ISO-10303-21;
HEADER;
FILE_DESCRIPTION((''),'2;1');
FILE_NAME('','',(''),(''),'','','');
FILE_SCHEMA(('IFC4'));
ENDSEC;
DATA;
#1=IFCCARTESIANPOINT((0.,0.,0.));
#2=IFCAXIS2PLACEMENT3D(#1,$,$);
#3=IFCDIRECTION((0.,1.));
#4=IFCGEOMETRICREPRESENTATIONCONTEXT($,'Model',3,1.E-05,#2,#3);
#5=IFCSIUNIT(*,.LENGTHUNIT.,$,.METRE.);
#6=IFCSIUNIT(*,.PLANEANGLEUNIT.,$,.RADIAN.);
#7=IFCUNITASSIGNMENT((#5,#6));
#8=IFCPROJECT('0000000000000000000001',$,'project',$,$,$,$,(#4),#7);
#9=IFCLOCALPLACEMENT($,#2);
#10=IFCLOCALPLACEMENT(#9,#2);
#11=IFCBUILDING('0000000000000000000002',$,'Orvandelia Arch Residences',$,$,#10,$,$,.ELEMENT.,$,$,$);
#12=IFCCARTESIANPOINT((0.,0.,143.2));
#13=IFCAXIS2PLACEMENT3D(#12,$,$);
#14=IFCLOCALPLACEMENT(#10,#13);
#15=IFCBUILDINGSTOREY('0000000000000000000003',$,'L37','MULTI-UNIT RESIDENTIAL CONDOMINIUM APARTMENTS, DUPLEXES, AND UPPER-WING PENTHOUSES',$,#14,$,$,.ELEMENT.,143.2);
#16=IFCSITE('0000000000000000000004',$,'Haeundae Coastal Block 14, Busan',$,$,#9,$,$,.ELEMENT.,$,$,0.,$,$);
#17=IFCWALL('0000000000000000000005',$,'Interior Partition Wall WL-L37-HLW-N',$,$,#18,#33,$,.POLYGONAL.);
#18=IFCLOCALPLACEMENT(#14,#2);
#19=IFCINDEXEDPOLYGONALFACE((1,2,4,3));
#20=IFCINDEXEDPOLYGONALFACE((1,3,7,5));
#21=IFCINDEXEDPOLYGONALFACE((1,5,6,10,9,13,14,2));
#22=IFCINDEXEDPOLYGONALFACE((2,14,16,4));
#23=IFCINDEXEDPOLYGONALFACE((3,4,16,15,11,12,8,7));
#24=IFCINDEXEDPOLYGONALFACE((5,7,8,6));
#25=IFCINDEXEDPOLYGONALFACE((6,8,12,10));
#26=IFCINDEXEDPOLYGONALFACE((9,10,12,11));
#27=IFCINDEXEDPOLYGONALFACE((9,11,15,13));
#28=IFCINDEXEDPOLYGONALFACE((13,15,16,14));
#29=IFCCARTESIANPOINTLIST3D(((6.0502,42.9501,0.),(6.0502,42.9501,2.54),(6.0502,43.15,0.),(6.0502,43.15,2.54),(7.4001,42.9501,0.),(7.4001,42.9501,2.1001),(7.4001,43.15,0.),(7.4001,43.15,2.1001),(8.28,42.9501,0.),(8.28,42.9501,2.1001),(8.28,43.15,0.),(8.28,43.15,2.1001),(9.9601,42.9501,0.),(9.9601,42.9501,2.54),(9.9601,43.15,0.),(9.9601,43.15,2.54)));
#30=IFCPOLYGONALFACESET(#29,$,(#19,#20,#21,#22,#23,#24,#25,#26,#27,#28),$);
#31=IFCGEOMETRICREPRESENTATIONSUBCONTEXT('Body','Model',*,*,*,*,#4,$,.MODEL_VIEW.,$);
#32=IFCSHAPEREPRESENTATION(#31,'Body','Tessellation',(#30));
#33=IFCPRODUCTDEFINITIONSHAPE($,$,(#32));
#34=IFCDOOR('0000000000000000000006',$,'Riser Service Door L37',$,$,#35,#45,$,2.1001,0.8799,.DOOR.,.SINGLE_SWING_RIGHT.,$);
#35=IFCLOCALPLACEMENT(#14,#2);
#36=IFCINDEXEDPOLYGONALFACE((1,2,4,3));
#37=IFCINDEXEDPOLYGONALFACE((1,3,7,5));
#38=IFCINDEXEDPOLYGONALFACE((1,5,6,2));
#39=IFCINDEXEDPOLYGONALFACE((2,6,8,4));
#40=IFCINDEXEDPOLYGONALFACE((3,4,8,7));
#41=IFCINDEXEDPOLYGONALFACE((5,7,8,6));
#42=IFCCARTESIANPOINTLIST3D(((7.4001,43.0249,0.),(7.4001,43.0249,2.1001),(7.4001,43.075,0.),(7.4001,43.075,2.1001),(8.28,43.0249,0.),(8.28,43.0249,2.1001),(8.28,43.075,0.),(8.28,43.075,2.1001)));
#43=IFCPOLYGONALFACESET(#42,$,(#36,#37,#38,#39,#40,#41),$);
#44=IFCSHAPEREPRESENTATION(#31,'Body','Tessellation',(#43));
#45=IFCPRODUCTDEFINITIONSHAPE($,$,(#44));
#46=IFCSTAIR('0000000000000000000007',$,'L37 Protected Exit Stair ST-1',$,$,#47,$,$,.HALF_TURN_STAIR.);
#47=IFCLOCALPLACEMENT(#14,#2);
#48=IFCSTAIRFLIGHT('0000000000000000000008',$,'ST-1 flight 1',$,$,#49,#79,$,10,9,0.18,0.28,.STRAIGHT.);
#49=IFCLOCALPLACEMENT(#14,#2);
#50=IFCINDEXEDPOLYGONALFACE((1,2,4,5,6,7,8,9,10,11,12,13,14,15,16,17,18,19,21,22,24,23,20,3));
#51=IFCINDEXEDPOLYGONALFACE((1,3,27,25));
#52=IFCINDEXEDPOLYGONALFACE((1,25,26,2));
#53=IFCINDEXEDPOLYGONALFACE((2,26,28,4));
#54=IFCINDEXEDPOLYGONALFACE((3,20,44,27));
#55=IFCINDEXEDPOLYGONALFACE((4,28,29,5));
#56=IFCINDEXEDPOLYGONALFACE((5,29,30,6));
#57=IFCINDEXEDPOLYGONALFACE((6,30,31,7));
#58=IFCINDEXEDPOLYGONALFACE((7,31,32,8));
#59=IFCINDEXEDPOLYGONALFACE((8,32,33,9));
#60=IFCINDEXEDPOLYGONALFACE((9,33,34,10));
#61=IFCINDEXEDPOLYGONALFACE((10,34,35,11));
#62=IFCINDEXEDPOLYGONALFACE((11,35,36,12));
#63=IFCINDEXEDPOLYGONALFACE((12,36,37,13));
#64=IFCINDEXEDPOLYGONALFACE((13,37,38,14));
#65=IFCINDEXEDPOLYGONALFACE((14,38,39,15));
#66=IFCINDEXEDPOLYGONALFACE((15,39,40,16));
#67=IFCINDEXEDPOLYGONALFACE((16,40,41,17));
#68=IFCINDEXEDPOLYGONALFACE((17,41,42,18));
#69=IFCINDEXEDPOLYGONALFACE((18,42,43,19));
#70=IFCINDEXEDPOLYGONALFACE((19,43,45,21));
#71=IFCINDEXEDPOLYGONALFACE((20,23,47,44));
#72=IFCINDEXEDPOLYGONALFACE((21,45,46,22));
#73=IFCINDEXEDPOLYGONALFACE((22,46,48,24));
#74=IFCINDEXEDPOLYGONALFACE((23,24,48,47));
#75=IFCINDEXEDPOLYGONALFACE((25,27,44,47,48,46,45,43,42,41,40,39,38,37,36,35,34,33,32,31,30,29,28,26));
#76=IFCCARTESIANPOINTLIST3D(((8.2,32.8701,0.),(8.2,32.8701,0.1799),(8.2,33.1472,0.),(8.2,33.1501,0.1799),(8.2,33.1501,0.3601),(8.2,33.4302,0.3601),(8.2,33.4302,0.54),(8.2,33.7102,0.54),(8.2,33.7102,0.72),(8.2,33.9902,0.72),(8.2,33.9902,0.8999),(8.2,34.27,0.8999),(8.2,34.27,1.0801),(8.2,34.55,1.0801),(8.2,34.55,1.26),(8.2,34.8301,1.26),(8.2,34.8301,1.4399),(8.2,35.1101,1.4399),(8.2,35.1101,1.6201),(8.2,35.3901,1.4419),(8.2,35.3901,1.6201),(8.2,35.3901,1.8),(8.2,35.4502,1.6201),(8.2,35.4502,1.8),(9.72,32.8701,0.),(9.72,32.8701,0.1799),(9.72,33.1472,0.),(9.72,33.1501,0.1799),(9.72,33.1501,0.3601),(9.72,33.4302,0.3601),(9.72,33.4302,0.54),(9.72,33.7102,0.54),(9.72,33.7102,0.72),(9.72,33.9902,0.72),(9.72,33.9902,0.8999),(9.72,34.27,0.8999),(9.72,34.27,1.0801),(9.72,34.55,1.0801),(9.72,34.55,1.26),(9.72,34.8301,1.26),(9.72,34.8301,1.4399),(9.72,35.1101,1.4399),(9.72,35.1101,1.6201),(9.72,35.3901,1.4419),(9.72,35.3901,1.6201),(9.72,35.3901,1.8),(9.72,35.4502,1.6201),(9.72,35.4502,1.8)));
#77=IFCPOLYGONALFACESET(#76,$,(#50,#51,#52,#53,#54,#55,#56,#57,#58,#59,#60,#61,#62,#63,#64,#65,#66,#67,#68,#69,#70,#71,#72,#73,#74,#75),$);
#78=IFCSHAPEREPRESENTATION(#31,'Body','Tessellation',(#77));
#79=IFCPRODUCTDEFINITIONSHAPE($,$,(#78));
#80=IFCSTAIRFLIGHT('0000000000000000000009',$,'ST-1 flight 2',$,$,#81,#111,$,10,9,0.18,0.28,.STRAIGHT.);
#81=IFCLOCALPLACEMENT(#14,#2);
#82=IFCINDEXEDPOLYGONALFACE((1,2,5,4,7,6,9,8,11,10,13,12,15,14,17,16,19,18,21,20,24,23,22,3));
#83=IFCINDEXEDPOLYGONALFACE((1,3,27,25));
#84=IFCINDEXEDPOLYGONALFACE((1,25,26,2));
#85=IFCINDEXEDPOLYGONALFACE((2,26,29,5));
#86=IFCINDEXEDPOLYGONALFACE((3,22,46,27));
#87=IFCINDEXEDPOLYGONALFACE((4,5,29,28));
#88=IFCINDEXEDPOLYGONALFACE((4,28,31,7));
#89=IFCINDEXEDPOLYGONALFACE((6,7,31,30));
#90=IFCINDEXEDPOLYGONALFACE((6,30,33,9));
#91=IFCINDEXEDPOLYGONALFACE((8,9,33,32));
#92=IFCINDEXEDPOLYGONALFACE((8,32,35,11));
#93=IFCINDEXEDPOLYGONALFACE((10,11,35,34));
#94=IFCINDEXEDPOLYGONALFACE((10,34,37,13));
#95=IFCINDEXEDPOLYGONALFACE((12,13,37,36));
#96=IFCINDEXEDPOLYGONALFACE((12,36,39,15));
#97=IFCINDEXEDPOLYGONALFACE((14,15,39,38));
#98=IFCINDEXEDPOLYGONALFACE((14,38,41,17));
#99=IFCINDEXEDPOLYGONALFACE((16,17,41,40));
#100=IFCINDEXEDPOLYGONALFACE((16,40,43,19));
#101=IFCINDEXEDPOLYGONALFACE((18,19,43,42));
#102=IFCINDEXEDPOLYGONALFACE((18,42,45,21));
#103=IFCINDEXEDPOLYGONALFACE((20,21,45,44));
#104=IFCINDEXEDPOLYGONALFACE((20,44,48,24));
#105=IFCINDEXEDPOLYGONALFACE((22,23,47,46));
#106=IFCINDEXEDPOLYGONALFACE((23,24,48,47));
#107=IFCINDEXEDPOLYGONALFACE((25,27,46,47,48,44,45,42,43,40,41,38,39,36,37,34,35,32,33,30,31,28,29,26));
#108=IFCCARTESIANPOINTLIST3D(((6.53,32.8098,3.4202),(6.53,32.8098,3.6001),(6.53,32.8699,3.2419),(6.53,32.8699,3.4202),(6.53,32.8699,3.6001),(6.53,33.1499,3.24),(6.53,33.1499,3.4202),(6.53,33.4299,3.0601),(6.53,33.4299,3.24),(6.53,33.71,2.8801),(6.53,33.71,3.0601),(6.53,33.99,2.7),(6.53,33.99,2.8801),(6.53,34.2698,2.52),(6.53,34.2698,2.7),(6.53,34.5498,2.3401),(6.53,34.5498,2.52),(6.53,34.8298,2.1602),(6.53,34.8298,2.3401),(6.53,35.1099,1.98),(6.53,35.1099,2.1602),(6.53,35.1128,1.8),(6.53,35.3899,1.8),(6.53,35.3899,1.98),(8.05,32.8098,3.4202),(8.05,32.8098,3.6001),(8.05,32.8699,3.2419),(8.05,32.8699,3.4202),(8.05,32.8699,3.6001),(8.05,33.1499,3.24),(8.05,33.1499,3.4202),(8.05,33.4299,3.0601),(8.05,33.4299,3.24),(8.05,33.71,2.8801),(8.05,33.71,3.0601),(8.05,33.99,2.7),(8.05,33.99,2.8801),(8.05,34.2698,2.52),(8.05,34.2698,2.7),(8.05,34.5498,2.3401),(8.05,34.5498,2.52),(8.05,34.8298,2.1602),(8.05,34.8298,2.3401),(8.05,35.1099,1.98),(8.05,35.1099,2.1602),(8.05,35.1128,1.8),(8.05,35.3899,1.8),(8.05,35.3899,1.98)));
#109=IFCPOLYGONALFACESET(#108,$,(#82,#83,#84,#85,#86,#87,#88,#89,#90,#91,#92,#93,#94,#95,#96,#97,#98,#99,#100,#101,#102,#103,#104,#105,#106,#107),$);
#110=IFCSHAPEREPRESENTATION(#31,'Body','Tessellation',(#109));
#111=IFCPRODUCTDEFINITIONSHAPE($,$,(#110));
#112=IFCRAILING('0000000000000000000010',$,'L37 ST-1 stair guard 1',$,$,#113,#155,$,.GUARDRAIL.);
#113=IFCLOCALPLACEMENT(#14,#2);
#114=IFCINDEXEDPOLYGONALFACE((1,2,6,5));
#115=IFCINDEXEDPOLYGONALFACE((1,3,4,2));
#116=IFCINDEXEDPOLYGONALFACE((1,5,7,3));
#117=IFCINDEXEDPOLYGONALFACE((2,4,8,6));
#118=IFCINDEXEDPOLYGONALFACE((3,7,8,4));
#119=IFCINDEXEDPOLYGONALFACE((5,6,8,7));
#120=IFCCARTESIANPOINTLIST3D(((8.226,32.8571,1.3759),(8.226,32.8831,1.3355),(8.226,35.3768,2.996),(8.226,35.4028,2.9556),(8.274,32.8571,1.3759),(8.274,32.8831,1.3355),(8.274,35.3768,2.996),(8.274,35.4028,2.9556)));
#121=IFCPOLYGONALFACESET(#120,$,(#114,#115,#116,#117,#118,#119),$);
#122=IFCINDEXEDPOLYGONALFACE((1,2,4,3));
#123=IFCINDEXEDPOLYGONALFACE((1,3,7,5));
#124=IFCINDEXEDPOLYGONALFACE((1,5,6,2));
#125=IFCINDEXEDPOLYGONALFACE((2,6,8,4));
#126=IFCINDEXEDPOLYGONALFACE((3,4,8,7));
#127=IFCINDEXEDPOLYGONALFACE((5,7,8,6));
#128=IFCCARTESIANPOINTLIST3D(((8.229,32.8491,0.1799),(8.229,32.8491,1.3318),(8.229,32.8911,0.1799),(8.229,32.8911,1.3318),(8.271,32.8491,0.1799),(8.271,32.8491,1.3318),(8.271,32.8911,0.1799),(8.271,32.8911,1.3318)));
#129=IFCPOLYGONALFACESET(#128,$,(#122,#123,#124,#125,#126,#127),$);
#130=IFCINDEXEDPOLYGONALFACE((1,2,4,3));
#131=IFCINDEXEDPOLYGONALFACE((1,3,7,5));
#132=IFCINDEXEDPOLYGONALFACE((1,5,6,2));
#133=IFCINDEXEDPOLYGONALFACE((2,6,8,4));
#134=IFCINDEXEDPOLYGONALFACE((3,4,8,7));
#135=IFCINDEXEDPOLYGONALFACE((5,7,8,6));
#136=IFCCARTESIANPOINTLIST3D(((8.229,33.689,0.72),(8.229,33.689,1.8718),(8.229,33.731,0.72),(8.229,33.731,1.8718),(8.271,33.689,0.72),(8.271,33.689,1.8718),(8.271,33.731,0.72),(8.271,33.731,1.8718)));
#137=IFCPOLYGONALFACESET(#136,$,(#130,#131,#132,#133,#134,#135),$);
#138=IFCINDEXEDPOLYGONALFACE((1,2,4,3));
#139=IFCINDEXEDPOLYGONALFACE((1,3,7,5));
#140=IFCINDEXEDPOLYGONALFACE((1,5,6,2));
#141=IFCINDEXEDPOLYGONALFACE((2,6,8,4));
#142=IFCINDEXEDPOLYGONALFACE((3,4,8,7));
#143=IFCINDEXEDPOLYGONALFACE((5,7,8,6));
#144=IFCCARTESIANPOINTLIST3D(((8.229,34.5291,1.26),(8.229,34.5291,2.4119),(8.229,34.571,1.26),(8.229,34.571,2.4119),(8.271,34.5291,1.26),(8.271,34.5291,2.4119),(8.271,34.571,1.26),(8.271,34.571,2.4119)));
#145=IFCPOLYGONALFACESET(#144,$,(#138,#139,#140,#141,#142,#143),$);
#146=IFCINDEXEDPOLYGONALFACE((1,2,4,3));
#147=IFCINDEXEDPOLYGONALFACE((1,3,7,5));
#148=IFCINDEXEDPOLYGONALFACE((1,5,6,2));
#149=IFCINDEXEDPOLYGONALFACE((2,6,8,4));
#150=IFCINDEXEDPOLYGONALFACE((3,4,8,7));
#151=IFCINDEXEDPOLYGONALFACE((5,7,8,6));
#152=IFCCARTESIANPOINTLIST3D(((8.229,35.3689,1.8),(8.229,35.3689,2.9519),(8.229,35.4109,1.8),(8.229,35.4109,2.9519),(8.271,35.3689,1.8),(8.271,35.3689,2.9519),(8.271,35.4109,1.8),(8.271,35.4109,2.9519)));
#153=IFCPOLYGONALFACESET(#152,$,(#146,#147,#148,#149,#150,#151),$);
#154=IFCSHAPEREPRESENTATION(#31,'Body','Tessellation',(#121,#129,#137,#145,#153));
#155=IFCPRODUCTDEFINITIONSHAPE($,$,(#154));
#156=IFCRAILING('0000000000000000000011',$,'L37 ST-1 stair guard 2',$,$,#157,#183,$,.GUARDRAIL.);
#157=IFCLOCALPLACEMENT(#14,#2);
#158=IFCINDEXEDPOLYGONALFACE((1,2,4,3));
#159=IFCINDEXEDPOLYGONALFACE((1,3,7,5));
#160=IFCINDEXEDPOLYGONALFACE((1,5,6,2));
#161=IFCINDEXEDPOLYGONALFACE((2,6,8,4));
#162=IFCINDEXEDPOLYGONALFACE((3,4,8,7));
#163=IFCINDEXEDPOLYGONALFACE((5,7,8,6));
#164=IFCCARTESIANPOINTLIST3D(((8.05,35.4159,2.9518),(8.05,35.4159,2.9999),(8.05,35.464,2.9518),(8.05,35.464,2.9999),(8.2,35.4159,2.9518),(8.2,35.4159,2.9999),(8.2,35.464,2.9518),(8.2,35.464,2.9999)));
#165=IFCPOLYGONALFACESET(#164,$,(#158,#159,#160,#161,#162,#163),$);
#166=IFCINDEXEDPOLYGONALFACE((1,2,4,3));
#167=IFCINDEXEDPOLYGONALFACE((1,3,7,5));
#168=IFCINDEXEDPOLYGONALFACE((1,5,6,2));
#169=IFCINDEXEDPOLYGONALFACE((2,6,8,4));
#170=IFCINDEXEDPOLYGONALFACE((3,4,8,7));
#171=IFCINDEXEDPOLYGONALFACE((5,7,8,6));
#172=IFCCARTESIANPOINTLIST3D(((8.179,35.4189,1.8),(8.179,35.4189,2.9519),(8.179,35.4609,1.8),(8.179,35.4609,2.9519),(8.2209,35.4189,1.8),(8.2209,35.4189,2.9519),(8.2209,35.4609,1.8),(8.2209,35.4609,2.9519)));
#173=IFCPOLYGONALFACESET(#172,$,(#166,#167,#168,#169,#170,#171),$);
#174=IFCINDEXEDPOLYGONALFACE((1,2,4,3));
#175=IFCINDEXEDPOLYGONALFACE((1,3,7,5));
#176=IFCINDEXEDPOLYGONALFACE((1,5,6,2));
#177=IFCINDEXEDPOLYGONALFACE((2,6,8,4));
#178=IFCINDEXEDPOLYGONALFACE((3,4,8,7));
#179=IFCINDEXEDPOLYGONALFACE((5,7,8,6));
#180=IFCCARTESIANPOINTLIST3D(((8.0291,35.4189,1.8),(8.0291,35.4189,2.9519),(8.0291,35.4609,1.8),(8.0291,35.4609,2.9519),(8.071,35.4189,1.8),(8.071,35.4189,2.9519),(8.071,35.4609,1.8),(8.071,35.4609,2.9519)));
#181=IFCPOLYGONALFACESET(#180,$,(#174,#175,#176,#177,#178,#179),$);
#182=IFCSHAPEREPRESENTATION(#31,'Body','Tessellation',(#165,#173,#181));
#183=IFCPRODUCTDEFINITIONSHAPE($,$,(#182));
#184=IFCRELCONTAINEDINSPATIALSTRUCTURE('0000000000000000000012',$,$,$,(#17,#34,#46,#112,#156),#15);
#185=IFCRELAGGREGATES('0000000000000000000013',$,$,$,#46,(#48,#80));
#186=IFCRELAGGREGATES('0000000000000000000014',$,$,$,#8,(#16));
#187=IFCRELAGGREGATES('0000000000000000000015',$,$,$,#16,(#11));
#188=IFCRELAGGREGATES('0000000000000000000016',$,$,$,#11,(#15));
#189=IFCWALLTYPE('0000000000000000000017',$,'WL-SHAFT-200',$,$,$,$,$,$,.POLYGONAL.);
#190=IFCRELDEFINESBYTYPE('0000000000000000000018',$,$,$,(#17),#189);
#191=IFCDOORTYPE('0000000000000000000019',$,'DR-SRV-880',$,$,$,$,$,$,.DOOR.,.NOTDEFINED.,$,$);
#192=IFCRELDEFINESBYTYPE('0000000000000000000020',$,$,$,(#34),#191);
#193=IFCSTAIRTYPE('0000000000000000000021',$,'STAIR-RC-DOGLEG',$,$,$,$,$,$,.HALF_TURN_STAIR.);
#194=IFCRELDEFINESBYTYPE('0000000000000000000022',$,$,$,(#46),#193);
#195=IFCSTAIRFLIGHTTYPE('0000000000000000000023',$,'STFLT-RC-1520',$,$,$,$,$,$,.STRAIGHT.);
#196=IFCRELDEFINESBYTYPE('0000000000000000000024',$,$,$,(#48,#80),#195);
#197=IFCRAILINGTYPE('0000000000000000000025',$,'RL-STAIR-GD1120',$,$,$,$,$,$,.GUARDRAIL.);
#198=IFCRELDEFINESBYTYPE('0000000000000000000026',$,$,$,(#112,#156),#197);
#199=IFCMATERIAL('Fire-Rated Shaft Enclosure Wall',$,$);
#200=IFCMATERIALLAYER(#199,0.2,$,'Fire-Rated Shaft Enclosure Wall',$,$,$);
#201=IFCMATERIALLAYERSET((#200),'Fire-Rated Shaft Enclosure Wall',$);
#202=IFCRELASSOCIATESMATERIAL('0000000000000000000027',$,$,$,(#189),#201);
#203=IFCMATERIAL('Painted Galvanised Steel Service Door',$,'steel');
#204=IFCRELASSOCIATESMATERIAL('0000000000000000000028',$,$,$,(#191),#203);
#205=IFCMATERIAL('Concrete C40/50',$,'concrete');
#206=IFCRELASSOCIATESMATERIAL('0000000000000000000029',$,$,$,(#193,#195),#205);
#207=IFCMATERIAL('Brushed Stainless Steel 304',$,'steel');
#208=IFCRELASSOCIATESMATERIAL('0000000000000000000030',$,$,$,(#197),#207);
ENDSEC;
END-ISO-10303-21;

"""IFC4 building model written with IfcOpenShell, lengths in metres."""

from ifc_helpers import new_model, si_unit, direction, frame, frame_2d, origin, origin_2d, place, context, subcontext, project, spatial, polyline, rectangle, outline, extrude, material, layer, layer_set, type_object, element, fill, aggregate, save


model = new_model("IFC4")

# Units and contexts
model_context = context("Model", 3, precision=1e-05, world=origin(), true_north=direction((0.0, 1.0)))
body_context = subcontext(model_context, "Body", "Model", "MODEL_VIEW")
ifc_project = project(units=[si_unit("LENGTHUNIT", "METRE"), si_unit("PLANEANGLEUNIT", "RADIAN")], contexts=[model_context])

# Site, building, storey
site_placement = place(None, origin())
site = spatial("IfcSite", under=ifc_project, at=site_placement, Name="Haeundae Coastal Block 14, Busan", CompositionType="ELEMENT", RefElevation=0.0)
building_placement = place(site_placement, origin())
building = spatial("IfcBuilding", under=site, at=building_placement, Name="Orvandelia Arch Residences", CompositionType="ELEMENT")
storey_placement = place(building_placement, frame((0.0, 0.0, 143.2)))
storey = spatial("IfcBuildingStorey", under=building, at=storey_placement, Name="L37", Description="MULTI-UNIT RESIDENTIAL CONDOMINIUM APARTMENTS, DUPLEXES, AND UPPER-WING PENTHOUSES", CompositionType="ELEMENT", Elevation=143.2)

# Wall, opening, door
ifc_material_1 = material(Name="Fire-Rated Shaft Enclosure Wall")
ifc_layer_1 = layer(ifc_material_1, 0.2, Name="Fire-Rated Shaft Enclosure Wall")
ifc_layer_set_1 = layer_set([ifc_layer_1], Name="Fire-Rated Shaft Enclosure Wall")
wall_type_1 = type_object("IfcWallType", Name="WL-SHAFT-200", PredefinedType="POLYGONAL", material=ifc_layer_set_1)
wall_1_placement = place(storey_placement, frame((6.05, 43.05, 0.0), z_axis=(0.0, 0.0, 1.0), x_axis=(1.0, 0.0, 0.0)))
wall_1 = element("IfcWall", 1, at=wall_1_placement, inside=storey, type_object=wall_type_1, Name="Interior Partition Wall WL-L37-HLW-N", PredefinedType="POLYGONAL", context=body_context, shape_type="SweptSolid", body=[
    extrude(rectangle(XDim=3.9099, YDim=0.2, at=frame_2d((1.9551, 0.0))), origin(), (0.0, 0.0, 1.0), 2.54),
])
opening_1_placement = place(wall_1_placement, frame((1.3501, 0.0, 0.0)))
opening_1 = element("IfcOpeningElement", 2, at=opening_1_placement, cuts=wall_1, PredefinedType="OPENING", context=body_context, shape_type="SweptSolid", body=[
    extrude(rectangle(XDim=0.8799, YDim=2.1001, at=frame_2d((0.4399, 1.05))), frame((0.0, 0.1099, 0.0), z_axis=(0.0, -1.0, 0.0), x_axis=(1.0, 0.0, 0.0)), (0.0, 0.0, 1.0), 0.22),
])
ifc_material_2 = material(Name="Painted Galvanised Steel Service Door", Category="steel")
door_type = type_object("IfcDoorType", Name="DR-SRV-880", OperationType="NOTDEFINED", PredefinedType="DOOR", material=ifc_material_2)
door_placement = place(opening_1_placement, origin())
door = element("IfcDoor", 3, at=door_placement, inside=storey, type_object=door_type, Name="Riser Service Door L37", OperationType="SINGLE_SWING_RIGHT", OverallHeight=2.1001, OverallWidth=0.8799, PredefinedType="DOOR", context=body_context, shape_type="SweptSolid", body=[
    extrude(rectangle(XDim=0.8799, YDim=2.1001, at=frame_2d((0.4399, 1.05))), frame((0.0, 0.0249, 0.0), z_axis=(0.0, -1.0, 0.0), x_axis=(1.0, 0.0, 0.0)), (0.0, 0.0, 1.0), 0.05),
])
fill(opening_1, door)

# Stair, stair flights
ifc_material_3 = material(Name="Concrete C40/50", Category="concrete")
stair_type = type_object("IfcStairType", Name="STAIR-RC-DOGLEG", PredefinedType="HALF_TURN_STAIR", material=ifc_material_3)
stair_placement = place(storey_placement, origin())
stair = element("IfcStair", 4, at=stair_placement, inside=storey, type_object=stair_type, Name="L37 Protected Exit Stair ST-1", PredefinedType="HALF_TURN_STAIR")
stair_flight_type = type_object("IfcStairFlightType", Name="STFLT-RC-1520", PredefinedType="STRAIGHT", material=ifc_material_3)
stair_flight_1_placement = place(storey_placement, frame((8.96, 32.8701, 0.0), z_axis=(0.0, 0.0, 1.0), x_axis=(0.0, 1.0, 0.0)))
stair_flight_1 = element("IfcStairFlight", 5, at=stair_flight_1_placement, type_object=stair_flight_type, Name="ST-1 flight 1", NumberOfRisers=10, NumberOfTreads=9, PredefinedType="STRAIGHT", RiserHeight=0.18, TreadLength=0.28, context=body_context, shape_type="SweptSolid", body=[
    extrude(outline(polyline([(0.0, 0.0), (0.0, 0.1799), (0.28, 0.1799), (0.28, 0.3601), (0.5601, 0.3601), (0.5601, 0.54), (0.8401, 0.54), (0.8401, 0.72), (1.1201, 0.72), (1.1201, 0.8999), (1.3999, 0.8999), (1.3999, 1.0801), (1.6799, 1.0801), (1.6799, 1.26), (1.96, 1.26), (1.96, 1.4399), (2.24, 1.4399), (2.24, 1.6201), (2.52, 1.6201), (2.52, 1.8), (2.5801, 1.8), (2.5801, 1.6201), (2.52, 1.4419), (0.2771, 0.0), (0.0, 0.0)])), frame((0.0, 0.76, 0.0), z_axis=(0.0, -1.0, 0.0), x_axis=(1.0, 0.0, 0.0)), (0.0, 0.0, 1.0), 1.52),
])
stair_flight_2_placement = place(storey_placement, frame((7.29, 35.3899, 1.8), z_axis=(0.0, 0.0, 1.0), x_axis=(0.0, -1.0, 0.0)))
stair_flight_2 = element("IfcStairFlight", 6, at=stair_flight_2_placement, type_object=stair_flight_type, Name="ST-1 flight 2", NumberOfRisers=10, NumberOfTreads=9, PredefinedType="STRAIGHT", RiserHeight=0.18, TreadLength=0.28, context=body_context, shape_type="SweptSolid", body=[
    extrude(outline(polyline([(0.0, 0.0), (0.0, 0.1799), (0.28, 0.1799), (0.28, 0.3601), (0.5601, 0.3601), (0.5601, 0.54), (0.8401, 0.54), (0.8401, 0.72), (1.1201, 0.72), (1.1201, 0.8999), (1.3999, 0.8999), (1.3999, 1.0801), (1.6799, 1.0801), (1.6799, 1.26), (1.96, 1.26), (1.96, 1.4399), (2.24, 1.4399), (2.24, 1.6201), (2.52, 1.6201), (2.52, 1.8), (2.5801, 1.8), (2.5801, 1.6201), (2.52, 1.4419), (0.2771, 0.0), (0.0, 0.0)])), frame((0.0, 0.76, 0.0), z_axis=(0.0, -1.0, 0.0), x_axis=(1.0, 0.0, 0.0)), (0.0, 0.0, 1.0), 1.52),
])
aggregate(stair, [stair_flight_1, stair_flight_2])

# Railings
ifc_material_4 = material(Name="Brushed Stainless Steel 304", Category="steel")
railing_type_1 = type_object("IfcRailingType", Name="RL-STAIR-GD1120", PredefinedType="GUARDRAIL", material=ifc_material_4)
railing_1_placement = place(storey_placement, frame((8.25, 32.8701, 0.1799)))
element("IfcRailing", 7, at=railing_1_placement, inside=storey, type_object=railing_type_1, Name="L37 ST-1 stair guard 1", PredefinedType="GUARDRAIL", context=body_context, shape_type="SweptSolid", body=[
    extrude(rectangle(XDim=0.0481, YDim=0.0481, at=origin_2d()), frame((0.0, 0.0, 1.1758), z_axis=(0.0, 0.841139, 0.540819), x_axis=(-1.0, 0.0, 0.0)), (0.0, 0.0, 1.0), 2.9956),
    extrude(rectangle(XDim=0.042, YDim=0.042, at=origin_2d()), origin(), (0.0, 0.0, 1.0), 1.1519),
    extrude(rectangle(XDim=0.042, YDim=0.042, at=origin_2d()), frame((0.0, 0.8398, 0.54)), (0.0, 0.0, 1.0), 1.1519),
    extrude(rectangle(XDim=0.042, YDim=0.042, at=origin_2d()), frame((0.0, 1.6799, 1.0801)), (0.0, 0.0, 1.0), 1.1519),
    extrude(rectangle(XDim=0.042, YDim=0.042, at=origin_2d()), frame((0.0, 2.5198, 1.6201)), (0.0, 0.0, 1.0), 1.1519),
])
railing_2_placement = place(storey_placement, frame((8.2, 35.4399, 1.8)))
element("IfcRailing", 8, at=railing_2_placement, inside=storey, type_object=railing_type_1, Name="L37 ST-1 stair guard 2", PredefinedType="GUARDRAIL", context=body_context, shape_type="SweptSolid", body=[
    extrude(rectangle(XDim=0.0481, YDim=0.0481, at=origin_2d()), frame((0.0, 0.0, 1.1758), z_axis=(-1.0, 0.0, 0.0), x_axis=(0.0, -1.0, 0.0)), (0.0, 0.0, 1.0), 0.1499),
    extrude(rectangle(XDim=0.042, YDim=0.042, at=origin_2d()), origin(), (0.0, 0.0, 1.0), 1.1519),
    extrude(rectangle(XDim=0.042, YDim=0.042, at=origin_2d()), frame((-0.1499, 0.0, 0.0)), (0.0, 0.0, 1.0), 1.1519),
])

save(model, "model.ifc")
